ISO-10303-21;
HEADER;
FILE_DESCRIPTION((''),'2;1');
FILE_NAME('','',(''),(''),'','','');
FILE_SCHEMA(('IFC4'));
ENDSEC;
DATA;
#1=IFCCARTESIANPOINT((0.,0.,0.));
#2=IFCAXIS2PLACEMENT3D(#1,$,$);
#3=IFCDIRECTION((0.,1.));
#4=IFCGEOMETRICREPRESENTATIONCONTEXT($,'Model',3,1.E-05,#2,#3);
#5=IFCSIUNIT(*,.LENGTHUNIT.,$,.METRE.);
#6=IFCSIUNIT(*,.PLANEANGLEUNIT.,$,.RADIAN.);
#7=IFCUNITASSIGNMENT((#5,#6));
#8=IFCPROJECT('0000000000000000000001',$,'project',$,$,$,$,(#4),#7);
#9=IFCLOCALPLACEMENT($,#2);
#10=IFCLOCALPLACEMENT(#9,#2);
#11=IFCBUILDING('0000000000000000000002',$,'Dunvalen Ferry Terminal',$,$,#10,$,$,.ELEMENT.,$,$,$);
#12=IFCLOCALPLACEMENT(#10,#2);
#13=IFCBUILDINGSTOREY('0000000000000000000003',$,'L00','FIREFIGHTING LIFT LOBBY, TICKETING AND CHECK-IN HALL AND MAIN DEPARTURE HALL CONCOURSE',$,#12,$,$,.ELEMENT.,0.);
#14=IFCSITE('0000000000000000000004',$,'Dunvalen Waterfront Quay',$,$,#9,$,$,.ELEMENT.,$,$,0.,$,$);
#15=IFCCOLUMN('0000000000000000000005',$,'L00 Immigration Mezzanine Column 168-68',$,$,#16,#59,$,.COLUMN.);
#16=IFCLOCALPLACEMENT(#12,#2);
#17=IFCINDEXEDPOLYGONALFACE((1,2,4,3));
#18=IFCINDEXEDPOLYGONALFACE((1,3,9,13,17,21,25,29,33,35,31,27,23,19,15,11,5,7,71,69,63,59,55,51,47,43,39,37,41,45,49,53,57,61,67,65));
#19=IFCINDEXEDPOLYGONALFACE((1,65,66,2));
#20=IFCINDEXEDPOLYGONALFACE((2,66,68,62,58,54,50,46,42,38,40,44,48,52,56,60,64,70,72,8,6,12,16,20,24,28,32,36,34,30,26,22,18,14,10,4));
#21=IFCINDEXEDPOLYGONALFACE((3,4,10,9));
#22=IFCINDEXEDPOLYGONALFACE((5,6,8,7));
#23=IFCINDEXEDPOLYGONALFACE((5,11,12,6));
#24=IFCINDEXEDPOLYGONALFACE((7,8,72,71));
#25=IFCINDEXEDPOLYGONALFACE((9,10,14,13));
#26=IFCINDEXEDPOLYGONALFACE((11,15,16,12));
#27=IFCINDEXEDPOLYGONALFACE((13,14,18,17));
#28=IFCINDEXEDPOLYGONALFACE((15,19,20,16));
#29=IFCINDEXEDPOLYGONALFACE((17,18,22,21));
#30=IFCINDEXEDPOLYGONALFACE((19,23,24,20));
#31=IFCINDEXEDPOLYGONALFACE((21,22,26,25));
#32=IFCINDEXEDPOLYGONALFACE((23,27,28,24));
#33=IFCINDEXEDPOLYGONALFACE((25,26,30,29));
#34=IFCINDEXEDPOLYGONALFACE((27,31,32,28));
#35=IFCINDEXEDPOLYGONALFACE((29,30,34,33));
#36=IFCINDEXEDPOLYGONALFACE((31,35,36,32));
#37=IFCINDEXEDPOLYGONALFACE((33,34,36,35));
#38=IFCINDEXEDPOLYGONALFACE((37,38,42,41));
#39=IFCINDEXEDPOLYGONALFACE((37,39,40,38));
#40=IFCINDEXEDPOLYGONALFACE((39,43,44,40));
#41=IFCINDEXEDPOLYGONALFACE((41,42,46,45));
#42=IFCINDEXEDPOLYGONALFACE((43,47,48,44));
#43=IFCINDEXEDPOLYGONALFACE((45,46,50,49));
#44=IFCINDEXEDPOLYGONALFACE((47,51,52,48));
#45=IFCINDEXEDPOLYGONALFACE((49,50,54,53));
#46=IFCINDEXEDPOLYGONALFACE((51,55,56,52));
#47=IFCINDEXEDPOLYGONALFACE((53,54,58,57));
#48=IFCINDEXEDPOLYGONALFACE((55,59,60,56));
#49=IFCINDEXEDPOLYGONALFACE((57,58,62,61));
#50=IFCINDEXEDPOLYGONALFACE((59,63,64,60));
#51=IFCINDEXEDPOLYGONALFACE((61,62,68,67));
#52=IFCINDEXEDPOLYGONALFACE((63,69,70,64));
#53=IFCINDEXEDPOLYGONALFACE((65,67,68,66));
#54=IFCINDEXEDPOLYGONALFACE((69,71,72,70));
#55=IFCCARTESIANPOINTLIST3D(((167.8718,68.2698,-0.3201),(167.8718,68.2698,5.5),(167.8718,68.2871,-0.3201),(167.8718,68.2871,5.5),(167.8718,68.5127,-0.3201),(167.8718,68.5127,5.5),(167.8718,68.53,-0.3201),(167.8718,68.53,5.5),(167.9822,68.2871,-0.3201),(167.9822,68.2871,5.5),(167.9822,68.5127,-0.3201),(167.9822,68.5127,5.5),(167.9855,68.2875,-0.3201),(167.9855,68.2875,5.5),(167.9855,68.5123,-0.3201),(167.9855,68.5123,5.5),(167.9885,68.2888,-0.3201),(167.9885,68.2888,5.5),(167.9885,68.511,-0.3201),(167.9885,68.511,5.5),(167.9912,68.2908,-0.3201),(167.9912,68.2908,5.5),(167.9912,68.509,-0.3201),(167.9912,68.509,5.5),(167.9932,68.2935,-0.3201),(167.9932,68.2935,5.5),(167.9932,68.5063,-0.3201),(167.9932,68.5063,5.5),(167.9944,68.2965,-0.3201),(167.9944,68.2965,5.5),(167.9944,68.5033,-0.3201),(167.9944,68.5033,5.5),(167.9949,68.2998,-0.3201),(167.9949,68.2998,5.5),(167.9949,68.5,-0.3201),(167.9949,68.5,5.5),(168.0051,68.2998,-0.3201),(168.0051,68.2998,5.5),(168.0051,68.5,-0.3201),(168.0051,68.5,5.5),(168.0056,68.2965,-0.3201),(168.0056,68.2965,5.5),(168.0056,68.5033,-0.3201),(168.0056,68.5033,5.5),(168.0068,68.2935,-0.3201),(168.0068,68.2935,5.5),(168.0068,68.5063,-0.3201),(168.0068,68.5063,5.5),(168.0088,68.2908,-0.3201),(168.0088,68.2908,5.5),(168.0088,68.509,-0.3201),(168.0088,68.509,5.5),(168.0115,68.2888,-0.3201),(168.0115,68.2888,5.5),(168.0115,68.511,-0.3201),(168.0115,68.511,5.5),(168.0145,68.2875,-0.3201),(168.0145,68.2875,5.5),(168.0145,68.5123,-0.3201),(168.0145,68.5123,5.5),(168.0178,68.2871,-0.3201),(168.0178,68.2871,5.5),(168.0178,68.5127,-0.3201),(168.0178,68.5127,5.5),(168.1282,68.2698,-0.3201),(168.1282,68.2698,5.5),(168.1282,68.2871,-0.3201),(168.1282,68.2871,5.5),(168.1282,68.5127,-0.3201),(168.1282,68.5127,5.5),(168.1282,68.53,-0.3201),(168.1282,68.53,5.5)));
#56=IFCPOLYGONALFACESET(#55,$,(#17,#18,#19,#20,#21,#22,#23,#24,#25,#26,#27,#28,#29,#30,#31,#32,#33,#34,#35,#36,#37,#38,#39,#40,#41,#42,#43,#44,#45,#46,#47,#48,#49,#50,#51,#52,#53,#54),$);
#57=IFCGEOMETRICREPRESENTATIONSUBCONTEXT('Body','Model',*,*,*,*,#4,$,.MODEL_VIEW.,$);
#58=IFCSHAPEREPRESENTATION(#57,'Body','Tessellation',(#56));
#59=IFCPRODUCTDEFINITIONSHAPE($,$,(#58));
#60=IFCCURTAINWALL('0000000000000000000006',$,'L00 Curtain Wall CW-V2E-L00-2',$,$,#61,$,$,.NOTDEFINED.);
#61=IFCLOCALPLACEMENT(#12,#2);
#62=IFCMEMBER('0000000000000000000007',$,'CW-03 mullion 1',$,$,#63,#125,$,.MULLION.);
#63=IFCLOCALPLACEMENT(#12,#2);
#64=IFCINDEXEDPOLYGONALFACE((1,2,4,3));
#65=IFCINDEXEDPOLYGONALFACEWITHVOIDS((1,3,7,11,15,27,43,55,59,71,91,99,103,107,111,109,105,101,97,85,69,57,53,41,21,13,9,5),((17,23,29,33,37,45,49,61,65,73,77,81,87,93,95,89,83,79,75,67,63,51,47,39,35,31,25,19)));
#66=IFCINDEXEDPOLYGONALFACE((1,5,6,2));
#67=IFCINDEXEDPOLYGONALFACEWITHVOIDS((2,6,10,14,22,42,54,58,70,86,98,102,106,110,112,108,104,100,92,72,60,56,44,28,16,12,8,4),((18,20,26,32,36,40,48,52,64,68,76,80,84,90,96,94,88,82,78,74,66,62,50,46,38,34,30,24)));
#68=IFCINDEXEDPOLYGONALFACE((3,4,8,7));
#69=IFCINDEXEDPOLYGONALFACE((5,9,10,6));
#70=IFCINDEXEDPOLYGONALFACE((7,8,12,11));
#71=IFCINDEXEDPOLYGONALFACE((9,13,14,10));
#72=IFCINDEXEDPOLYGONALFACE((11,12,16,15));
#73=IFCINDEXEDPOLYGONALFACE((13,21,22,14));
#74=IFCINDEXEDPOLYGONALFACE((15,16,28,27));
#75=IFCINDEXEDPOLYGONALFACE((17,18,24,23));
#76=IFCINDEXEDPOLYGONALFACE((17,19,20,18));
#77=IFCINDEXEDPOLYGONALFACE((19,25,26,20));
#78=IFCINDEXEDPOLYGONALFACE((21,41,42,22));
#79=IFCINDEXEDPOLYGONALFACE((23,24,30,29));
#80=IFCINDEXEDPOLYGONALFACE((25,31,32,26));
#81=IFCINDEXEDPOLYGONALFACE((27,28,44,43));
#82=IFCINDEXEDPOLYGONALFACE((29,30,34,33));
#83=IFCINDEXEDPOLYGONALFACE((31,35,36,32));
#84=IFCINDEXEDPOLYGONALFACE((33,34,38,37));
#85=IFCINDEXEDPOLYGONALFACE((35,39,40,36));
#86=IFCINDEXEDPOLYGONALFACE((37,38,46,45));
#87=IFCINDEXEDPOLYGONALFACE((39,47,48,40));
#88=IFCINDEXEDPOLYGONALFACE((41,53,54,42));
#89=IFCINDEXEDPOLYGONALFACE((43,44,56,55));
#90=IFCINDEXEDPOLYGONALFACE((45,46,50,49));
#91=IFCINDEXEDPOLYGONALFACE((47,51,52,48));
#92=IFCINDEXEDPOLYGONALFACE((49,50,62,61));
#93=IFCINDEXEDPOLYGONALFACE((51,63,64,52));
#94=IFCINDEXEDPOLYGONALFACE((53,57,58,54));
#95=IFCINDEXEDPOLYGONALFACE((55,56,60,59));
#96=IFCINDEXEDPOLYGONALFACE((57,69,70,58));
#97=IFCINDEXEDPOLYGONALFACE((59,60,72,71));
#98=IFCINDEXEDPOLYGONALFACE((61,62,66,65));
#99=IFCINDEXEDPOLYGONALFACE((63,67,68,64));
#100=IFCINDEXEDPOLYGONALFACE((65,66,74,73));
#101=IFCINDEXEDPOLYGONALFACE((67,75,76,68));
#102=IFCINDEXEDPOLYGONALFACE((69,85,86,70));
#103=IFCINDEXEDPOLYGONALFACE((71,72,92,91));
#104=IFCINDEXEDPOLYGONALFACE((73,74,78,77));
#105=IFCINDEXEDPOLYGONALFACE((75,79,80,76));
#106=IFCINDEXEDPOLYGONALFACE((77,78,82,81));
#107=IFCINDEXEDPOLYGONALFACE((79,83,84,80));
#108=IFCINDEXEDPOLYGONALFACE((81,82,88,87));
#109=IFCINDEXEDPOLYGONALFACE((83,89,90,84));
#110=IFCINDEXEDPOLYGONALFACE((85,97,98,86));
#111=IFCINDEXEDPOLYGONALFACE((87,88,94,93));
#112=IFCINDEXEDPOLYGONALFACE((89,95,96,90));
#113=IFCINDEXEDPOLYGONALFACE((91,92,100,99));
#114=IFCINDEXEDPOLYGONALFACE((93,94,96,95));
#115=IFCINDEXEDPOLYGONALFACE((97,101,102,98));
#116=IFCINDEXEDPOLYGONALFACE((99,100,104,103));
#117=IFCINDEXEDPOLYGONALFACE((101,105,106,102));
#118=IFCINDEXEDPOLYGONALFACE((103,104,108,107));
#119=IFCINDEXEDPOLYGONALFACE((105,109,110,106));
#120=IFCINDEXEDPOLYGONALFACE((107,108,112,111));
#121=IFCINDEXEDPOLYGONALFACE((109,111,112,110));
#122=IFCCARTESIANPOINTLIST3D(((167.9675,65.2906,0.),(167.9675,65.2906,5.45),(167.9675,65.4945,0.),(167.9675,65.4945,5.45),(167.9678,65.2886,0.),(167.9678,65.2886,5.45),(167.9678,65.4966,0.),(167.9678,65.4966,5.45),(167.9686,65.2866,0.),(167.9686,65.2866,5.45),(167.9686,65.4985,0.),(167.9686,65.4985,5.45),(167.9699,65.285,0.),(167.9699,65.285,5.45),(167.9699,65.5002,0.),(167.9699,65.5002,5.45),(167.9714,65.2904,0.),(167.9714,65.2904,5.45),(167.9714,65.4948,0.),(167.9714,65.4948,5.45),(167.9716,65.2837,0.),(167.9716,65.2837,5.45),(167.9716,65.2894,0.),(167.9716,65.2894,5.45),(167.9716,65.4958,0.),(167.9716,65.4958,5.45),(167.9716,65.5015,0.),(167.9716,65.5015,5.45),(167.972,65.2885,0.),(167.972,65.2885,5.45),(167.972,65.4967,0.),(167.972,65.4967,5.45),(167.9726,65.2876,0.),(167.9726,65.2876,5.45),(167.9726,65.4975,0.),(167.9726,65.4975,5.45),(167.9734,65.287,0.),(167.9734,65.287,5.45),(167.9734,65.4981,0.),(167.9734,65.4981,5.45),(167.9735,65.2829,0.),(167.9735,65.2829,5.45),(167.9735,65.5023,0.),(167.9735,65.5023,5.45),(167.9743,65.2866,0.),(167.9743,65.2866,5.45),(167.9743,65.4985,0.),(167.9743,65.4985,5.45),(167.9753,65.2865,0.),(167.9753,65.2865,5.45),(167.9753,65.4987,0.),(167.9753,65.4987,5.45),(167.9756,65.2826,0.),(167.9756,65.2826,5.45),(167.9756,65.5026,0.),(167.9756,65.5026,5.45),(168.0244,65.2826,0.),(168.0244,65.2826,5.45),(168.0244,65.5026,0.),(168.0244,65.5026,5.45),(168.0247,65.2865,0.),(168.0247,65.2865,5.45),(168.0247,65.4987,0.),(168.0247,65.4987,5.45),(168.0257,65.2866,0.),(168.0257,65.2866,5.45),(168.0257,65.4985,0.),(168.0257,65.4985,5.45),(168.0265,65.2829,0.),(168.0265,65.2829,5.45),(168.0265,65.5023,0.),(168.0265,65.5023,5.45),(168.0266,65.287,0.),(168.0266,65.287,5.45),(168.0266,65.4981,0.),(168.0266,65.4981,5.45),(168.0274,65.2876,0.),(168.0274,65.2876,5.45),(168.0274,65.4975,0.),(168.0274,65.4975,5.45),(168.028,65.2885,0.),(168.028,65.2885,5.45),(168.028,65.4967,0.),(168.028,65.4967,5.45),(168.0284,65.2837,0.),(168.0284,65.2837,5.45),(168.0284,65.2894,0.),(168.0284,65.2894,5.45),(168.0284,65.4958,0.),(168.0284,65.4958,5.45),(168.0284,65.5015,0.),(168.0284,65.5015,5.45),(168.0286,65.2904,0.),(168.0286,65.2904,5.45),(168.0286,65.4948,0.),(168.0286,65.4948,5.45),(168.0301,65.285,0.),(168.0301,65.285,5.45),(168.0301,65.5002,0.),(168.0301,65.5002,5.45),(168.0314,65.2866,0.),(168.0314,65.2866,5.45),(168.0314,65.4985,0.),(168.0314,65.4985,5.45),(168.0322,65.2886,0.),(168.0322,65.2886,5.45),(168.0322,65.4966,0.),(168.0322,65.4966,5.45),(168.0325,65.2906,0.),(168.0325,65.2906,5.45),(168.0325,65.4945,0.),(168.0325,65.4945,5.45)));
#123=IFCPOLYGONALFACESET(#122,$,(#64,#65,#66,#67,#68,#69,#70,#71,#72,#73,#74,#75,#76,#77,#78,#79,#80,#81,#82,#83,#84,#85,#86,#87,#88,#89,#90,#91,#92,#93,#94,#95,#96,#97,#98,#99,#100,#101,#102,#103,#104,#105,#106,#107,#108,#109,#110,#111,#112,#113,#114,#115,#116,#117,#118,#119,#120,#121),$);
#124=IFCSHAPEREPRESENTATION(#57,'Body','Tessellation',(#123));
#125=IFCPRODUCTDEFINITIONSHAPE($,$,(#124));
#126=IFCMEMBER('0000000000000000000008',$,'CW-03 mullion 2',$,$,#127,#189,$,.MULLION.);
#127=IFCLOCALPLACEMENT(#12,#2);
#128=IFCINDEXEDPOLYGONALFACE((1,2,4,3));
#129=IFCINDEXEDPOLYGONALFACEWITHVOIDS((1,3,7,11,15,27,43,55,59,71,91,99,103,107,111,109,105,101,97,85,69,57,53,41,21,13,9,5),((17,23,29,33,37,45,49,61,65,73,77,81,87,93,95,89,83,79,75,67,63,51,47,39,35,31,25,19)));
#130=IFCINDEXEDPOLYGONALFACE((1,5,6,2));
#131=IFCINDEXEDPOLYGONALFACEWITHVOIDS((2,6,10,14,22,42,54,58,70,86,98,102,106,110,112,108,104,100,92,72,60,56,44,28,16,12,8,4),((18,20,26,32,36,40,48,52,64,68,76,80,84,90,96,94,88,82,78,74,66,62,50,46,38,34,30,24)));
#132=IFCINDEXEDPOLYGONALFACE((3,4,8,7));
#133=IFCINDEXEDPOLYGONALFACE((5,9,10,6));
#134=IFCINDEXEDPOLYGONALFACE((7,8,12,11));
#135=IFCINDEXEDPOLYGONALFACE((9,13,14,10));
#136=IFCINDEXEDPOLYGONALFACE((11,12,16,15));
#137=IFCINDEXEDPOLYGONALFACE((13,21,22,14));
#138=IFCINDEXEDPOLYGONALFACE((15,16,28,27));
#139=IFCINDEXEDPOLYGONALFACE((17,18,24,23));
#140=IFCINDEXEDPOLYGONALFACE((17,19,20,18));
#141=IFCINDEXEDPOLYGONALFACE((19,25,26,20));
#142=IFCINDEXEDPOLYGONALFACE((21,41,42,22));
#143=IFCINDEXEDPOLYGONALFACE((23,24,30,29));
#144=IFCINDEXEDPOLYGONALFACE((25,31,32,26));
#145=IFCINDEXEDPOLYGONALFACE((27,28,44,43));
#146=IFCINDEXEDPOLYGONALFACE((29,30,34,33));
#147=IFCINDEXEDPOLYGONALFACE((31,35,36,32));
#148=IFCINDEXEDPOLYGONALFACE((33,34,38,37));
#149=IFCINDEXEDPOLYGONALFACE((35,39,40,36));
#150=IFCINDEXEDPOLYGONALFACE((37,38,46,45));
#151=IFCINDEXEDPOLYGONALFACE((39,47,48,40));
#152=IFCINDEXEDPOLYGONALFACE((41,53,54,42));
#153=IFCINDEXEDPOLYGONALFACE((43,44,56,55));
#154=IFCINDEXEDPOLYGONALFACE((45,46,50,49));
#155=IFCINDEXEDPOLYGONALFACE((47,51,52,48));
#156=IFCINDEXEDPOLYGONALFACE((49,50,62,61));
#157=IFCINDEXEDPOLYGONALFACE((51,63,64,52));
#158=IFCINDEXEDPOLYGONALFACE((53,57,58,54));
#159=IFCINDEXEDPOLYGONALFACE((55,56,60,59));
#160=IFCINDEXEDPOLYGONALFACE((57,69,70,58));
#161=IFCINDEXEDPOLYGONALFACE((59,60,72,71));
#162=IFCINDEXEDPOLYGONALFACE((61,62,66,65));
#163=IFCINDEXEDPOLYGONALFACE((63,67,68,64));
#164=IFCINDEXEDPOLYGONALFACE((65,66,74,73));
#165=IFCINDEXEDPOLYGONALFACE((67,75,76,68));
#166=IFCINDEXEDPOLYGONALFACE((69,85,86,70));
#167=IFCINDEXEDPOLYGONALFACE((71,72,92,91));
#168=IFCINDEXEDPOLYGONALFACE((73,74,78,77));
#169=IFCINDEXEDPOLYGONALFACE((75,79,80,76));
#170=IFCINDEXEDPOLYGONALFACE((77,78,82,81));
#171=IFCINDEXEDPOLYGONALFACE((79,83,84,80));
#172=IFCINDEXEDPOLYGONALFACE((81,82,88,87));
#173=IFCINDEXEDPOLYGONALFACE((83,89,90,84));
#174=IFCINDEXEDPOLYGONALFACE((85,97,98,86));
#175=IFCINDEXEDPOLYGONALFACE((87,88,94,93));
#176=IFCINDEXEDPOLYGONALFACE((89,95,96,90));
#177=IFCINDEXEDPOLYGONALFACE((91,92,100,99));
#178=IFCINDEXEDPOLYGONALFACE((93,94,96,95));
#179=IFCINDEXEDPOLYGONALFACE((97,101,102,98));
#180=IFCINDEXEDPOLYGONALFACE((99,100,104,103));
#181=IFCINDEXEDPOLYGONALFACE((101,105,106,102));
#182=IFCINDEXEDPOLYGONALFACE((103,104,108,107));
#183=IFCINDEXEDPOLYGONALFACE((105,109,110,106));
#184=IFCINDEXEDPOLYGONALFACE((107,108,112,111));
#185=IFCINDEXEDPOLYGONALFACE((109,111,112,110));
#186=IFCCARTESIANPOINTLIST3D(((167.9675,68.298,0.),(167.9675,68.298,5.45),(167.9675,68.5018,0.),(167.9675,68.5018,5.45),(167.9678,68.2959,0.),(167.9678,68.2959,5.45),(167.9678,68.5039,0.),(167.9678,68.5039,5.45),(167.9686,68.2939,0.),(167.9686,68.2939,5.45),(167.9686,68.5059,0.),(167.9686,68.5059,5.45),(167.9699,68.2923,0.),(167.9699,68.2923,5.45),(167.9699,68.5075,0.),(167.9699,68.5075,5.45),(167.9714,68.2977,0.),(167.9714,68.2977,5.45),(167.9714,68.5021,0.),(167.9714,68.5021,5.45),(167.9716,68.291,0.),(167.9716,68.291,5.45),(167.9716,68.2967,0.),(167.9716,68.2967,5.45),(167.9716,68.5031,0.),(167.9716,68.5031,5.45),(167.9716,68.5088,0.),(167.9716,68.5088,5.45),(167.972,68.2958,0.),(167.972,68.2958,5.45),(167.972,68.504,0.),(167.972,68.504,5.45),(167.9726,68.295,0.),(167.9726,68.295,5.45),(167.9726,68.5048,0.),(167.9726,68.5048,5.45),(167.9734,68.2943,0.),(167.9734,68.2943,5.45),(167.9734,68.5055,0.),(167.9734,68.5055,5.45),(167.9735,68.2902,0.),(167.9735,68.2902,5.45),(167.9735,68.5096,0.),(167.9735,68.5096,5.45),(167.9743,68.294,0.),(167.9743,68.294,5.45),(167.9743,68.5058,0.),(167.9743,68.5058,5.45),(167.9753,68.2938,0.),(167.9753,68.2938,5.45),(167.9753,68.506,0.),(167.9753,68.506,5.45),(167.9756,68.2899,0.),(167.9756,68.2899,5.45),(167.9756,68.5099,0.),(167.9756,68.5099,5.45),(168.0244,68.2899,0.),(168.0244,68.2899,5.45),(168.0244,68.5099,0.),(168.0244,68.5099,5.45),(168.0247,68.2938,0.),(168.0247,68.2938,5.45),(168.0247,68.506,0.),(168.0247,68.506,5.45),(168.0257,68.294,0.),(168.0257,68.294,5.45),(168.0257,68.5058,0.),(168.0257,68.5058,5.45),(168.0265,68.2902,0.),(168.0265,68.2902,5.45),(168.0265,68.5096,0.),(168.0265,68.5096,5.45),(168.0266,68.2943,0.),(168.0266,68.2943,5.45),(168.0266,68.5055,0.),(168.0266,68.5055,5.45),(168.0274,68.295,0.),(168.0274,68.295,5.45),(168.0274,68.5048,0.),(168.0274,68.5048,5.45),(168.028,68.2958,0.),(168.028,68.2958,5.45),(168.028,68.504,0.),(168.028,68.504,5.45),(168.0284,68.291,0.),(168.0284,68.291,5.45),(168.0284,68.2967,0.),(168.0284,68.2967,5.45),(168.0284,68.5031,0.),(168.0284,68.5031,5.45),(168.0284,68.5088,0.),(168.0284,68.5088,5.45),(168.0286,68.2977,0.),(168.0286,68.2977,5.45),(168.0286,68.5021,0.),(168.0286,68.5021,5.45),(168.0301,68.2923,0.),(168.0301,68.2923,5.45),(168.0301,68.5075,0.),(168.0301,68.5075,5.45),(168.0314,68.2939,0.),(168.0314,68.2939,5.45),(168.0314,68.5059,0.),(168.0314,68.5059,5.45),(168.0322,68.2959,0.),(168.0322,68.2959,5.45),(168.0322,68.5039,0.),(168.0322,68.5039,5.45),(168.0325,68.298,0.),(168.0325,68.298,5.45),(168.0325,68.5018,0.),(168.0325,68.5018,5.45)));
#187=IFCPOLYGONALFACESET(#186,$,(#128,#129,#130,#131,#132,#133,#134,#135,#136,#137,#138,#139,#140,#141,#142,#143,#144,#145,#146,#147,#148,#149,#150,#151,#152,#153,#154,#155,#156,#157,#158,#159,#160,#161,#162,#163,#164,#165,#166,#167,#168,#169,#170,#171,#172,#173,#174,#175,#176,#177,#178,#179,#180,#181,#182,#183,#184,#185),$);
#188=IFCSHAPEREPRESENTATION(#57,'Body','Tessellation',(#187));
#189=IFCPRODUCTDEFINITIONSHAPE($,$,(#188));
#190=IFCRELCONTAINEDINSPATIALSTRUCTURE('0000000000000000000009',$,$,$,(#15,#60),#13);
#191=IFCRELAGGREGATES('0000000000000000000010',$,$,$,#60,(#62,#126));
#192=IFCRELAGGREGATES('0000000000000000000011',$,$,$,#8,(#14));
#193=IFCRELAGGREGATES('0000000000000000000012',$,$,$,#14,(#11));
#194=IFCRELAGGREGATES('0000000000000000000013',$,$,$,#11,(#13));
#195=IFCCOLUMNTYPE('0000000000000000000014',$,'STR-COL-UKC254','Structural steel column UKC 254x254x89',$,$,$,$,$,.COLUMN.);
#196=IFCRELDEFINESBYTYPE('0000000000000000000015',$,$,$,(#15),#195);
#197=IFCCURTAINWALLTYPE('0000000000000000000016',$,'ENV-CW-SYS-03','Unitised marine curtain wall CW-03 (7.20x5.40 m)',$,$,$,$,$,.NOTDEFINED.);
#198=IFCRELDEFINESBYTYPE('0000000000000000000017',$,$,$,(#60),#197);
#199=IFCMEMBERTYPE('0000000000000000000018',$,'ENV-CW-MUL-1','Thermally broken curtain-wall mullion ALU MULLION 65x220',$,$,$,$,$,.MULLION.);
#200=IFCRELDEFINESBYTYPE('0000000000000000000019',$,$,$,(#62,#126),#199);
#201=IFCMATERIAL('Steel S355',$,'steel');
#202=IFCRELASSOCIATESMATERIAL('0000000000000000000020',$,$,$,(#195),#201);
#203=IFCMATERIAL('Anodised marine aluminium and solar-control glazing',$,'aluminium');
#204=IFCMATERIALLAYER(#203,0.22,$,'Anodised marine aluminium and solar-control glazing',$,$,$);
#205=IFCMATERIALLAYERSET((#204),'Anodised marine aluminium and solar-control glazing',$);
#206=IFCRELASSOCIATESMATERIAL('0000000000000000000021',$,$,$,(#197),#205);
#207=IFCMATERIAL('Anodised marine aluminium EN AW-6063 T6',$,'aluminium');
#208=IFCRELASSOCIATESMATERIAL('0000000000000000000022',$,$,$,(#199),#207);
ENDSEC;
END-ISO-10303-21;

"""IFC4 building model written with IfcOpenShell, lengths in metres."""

from ifc_helpers import new_model, si_unit, direction, frame, origin, origin_2d, place, context, subcontext, project, spatial, hollow_rectangle, i_section, extrude, material, layer, layer_set, material_profile, profile_set, type_object, element, aggregate, save


model = new_model("IFC4")

# Units and contexts
model_context = context("Model", 3, precision=1e-05, world=origin(), true_north=direction((0.0, 1.0)))
body_context = subcontext(model_context, "Body", "Model", "MODEL_VIEW")
ifc_project = project(units=[si_unit("LENGTHUNIT", "METRE"), si_unit("PLANEANGLEUNIT", "RADIAN")], contexts=[model_context])

# Site, building, storey
site_placement = place(None, origin())
site = spatial("IfcSite", under=ifc_project, at=site_placement, Name="Dunvalen Waterfront Quay", CompositionType="ELEMENT", RefElevation=0.0)
building_placement = place(site_placement, origin())
building = spatial("IfcBuilding", under=site, at=building_placement, Name="Dunvalen Ferry Terminal", CompositionType="ELEMENT")
storey_placement = place(building_placement, origin())
storey = spatial("IfcBuildingStorey", under=building, at=storey_placement, Name="L00", Description="FIREFIGHTING LIFT LOBBY, TICKETING AND CHECK-IN HALL AND MAIN DEPARTURE HALL CONCOURSE", CompositionType="ELEMENT", Elevation=0.0)

# Column
ifc_material_1 = material(Name="Steel S355", Category="steel")
ifc_material_profile_1 = material_profile(ifc_material_1, i_section(OverallWidth=0.2563, OverallDepth=0.2603, WebThickness=0.0103, FlangeThickness=0.0173, FilletRadius=0.0127, at=origin_2d()), Name="Steel S355")
ifc_profile_set_1 = profile_set([ifc_material_profile_1], Name="Steel S355")
column_type_1 = type_object("IfcColumnType", Name="STR-COL-UKC254", Description="Structural steel column UKC 254x254x89", PredefinedType="COLUMN", material=ifc_profile_set_1)
column_1_placement = place(storey_placement, frame((168.0, 68.3999, -0.3201), z_axis=(0.0, 0.0, 1.0), x_axis=(1.0, 0.0, 0.0)))
element("IfcColumn", 1, at=column_1_placement, inside=storey, type_object=column_type_1, Name="L00 Immigration Mezzanine Column 168-68", PredefinedType="COLUMN", context=body_context, shape_type="SweptSolid", body=[
    extrude(i_section(OverallWidth=0.2563, OverallDepth=0.2603, WebThickness=0.0103, FlangeThickness=0.0173, FilletRadius=0.0127, at=origin_2d()), origin(), (0.0, 0.0, 1.0), 5.8201),
])

# Curtain wall, members
ifc_material_2 = material(Name="Anodised marine aluminium and solar-control glazing", Category="aluminium")
ifc_layer_1 = layer(ifc_material_2, 0.22, Name="Anodised marine aluminium and solar-control glazing")
ifc_layer_set_1 = layer_set([ifc_layer_1], Name="Anodised marine aluminium and solar-control glazing")
curtain_wall_type = type_object("IfcCurtainWallType", Name="ENV-CW-SYS-03", Description="Unitised marine curtain wall CW-03 (7.20x5.40 m)", PredefinedType="NOTDEFINED", material=ifc_layer_set_1)
curtain_wall_1_placement = place(storey_placement, origin())
curtain_wall_1 = element("IfcCurtainWall", 2, at=curtain_wall_1_placement, inside=storey, type_object=curtain_wall_type, Name="L00 Curtain Wall CW-V2E-L00-2", PredefinedType="NOTDEFINED")
ifc_material_3 = material(Name="Anodised marine aluminium EN AW-6063 T6", Category="aluminium")
ifc_material_profile_2 = material_profile(ifc_material_3, hollow_rectangle(XDim=0.0649, YDim=0.22, WallThickness=0.0039, InnerFilletRadius=0.0039, OuterFilletRadius=0.0081, at=origin_2d()), Name="Anodised marine aluminium EN AW-6063 T6")
ifc_profile_set_2 = profile_set([ifc_material_profile_2], Name="Anodised marine aluminium EN AW-6063 T6")
member_type_1 = type_object("IfcMemberType", Name="ENV-CW-MUL-1", Description="Thermally broken curtain-wall mullion ALU MULLION 65x220", PredefinedType="MULLION", material=ifc_profile_set_2)
member_1_placement = place(storey_placement, frame((168.0, 65.3926, 0.0), z_axis=(0.0, 0.0, 1.0), x_axis=(-1.0, 0.0, 0.0)))
member_1 = element("IfcMember", 3, at=member_1_placement, type_object=member_type_1, Name="CW-03 mullion 1", PredefinedType="MULLION", context=body_context, shape_type="SweptSolid", body=[
    extrude(hollow_rectangle(XDim=0.0649, YDim=0.22, WallThickness=0.0039, InnerFilletRadius=0.0039, OuterFilletRadius=0.0081, at=origin_2d()), origin(), (0.0, 0.0, 1.0), 5.45),
])
member_2_placement = place(storey_placement, frame((168.0, 68.3999, 0.0), z_axis=(0.0, 0.0, 1.0), x_axis=(-1.0, 0.0, 0.0)))
member_2 = element("IfcMember", 4, at=member_2_placement, type_object=member_type_1, Name="CW-03 mullion 2", PredefinedType="MULLION", context=body_context, shape_type="SweptSolid", body=[
    extrude(hollow_rectangle(XDim=0.0649, YDim=0.22, WallThickness=0.0039, InnerFilletRadius=0.0039, OuterFilletRadius=0.0081, at=origin_2d()), origin(), (0.0, 0.0, 1.0), 5.45),
])

aggregate(curtain_wall_1, [member_1, member_2])

save(model, "model.ifc")
